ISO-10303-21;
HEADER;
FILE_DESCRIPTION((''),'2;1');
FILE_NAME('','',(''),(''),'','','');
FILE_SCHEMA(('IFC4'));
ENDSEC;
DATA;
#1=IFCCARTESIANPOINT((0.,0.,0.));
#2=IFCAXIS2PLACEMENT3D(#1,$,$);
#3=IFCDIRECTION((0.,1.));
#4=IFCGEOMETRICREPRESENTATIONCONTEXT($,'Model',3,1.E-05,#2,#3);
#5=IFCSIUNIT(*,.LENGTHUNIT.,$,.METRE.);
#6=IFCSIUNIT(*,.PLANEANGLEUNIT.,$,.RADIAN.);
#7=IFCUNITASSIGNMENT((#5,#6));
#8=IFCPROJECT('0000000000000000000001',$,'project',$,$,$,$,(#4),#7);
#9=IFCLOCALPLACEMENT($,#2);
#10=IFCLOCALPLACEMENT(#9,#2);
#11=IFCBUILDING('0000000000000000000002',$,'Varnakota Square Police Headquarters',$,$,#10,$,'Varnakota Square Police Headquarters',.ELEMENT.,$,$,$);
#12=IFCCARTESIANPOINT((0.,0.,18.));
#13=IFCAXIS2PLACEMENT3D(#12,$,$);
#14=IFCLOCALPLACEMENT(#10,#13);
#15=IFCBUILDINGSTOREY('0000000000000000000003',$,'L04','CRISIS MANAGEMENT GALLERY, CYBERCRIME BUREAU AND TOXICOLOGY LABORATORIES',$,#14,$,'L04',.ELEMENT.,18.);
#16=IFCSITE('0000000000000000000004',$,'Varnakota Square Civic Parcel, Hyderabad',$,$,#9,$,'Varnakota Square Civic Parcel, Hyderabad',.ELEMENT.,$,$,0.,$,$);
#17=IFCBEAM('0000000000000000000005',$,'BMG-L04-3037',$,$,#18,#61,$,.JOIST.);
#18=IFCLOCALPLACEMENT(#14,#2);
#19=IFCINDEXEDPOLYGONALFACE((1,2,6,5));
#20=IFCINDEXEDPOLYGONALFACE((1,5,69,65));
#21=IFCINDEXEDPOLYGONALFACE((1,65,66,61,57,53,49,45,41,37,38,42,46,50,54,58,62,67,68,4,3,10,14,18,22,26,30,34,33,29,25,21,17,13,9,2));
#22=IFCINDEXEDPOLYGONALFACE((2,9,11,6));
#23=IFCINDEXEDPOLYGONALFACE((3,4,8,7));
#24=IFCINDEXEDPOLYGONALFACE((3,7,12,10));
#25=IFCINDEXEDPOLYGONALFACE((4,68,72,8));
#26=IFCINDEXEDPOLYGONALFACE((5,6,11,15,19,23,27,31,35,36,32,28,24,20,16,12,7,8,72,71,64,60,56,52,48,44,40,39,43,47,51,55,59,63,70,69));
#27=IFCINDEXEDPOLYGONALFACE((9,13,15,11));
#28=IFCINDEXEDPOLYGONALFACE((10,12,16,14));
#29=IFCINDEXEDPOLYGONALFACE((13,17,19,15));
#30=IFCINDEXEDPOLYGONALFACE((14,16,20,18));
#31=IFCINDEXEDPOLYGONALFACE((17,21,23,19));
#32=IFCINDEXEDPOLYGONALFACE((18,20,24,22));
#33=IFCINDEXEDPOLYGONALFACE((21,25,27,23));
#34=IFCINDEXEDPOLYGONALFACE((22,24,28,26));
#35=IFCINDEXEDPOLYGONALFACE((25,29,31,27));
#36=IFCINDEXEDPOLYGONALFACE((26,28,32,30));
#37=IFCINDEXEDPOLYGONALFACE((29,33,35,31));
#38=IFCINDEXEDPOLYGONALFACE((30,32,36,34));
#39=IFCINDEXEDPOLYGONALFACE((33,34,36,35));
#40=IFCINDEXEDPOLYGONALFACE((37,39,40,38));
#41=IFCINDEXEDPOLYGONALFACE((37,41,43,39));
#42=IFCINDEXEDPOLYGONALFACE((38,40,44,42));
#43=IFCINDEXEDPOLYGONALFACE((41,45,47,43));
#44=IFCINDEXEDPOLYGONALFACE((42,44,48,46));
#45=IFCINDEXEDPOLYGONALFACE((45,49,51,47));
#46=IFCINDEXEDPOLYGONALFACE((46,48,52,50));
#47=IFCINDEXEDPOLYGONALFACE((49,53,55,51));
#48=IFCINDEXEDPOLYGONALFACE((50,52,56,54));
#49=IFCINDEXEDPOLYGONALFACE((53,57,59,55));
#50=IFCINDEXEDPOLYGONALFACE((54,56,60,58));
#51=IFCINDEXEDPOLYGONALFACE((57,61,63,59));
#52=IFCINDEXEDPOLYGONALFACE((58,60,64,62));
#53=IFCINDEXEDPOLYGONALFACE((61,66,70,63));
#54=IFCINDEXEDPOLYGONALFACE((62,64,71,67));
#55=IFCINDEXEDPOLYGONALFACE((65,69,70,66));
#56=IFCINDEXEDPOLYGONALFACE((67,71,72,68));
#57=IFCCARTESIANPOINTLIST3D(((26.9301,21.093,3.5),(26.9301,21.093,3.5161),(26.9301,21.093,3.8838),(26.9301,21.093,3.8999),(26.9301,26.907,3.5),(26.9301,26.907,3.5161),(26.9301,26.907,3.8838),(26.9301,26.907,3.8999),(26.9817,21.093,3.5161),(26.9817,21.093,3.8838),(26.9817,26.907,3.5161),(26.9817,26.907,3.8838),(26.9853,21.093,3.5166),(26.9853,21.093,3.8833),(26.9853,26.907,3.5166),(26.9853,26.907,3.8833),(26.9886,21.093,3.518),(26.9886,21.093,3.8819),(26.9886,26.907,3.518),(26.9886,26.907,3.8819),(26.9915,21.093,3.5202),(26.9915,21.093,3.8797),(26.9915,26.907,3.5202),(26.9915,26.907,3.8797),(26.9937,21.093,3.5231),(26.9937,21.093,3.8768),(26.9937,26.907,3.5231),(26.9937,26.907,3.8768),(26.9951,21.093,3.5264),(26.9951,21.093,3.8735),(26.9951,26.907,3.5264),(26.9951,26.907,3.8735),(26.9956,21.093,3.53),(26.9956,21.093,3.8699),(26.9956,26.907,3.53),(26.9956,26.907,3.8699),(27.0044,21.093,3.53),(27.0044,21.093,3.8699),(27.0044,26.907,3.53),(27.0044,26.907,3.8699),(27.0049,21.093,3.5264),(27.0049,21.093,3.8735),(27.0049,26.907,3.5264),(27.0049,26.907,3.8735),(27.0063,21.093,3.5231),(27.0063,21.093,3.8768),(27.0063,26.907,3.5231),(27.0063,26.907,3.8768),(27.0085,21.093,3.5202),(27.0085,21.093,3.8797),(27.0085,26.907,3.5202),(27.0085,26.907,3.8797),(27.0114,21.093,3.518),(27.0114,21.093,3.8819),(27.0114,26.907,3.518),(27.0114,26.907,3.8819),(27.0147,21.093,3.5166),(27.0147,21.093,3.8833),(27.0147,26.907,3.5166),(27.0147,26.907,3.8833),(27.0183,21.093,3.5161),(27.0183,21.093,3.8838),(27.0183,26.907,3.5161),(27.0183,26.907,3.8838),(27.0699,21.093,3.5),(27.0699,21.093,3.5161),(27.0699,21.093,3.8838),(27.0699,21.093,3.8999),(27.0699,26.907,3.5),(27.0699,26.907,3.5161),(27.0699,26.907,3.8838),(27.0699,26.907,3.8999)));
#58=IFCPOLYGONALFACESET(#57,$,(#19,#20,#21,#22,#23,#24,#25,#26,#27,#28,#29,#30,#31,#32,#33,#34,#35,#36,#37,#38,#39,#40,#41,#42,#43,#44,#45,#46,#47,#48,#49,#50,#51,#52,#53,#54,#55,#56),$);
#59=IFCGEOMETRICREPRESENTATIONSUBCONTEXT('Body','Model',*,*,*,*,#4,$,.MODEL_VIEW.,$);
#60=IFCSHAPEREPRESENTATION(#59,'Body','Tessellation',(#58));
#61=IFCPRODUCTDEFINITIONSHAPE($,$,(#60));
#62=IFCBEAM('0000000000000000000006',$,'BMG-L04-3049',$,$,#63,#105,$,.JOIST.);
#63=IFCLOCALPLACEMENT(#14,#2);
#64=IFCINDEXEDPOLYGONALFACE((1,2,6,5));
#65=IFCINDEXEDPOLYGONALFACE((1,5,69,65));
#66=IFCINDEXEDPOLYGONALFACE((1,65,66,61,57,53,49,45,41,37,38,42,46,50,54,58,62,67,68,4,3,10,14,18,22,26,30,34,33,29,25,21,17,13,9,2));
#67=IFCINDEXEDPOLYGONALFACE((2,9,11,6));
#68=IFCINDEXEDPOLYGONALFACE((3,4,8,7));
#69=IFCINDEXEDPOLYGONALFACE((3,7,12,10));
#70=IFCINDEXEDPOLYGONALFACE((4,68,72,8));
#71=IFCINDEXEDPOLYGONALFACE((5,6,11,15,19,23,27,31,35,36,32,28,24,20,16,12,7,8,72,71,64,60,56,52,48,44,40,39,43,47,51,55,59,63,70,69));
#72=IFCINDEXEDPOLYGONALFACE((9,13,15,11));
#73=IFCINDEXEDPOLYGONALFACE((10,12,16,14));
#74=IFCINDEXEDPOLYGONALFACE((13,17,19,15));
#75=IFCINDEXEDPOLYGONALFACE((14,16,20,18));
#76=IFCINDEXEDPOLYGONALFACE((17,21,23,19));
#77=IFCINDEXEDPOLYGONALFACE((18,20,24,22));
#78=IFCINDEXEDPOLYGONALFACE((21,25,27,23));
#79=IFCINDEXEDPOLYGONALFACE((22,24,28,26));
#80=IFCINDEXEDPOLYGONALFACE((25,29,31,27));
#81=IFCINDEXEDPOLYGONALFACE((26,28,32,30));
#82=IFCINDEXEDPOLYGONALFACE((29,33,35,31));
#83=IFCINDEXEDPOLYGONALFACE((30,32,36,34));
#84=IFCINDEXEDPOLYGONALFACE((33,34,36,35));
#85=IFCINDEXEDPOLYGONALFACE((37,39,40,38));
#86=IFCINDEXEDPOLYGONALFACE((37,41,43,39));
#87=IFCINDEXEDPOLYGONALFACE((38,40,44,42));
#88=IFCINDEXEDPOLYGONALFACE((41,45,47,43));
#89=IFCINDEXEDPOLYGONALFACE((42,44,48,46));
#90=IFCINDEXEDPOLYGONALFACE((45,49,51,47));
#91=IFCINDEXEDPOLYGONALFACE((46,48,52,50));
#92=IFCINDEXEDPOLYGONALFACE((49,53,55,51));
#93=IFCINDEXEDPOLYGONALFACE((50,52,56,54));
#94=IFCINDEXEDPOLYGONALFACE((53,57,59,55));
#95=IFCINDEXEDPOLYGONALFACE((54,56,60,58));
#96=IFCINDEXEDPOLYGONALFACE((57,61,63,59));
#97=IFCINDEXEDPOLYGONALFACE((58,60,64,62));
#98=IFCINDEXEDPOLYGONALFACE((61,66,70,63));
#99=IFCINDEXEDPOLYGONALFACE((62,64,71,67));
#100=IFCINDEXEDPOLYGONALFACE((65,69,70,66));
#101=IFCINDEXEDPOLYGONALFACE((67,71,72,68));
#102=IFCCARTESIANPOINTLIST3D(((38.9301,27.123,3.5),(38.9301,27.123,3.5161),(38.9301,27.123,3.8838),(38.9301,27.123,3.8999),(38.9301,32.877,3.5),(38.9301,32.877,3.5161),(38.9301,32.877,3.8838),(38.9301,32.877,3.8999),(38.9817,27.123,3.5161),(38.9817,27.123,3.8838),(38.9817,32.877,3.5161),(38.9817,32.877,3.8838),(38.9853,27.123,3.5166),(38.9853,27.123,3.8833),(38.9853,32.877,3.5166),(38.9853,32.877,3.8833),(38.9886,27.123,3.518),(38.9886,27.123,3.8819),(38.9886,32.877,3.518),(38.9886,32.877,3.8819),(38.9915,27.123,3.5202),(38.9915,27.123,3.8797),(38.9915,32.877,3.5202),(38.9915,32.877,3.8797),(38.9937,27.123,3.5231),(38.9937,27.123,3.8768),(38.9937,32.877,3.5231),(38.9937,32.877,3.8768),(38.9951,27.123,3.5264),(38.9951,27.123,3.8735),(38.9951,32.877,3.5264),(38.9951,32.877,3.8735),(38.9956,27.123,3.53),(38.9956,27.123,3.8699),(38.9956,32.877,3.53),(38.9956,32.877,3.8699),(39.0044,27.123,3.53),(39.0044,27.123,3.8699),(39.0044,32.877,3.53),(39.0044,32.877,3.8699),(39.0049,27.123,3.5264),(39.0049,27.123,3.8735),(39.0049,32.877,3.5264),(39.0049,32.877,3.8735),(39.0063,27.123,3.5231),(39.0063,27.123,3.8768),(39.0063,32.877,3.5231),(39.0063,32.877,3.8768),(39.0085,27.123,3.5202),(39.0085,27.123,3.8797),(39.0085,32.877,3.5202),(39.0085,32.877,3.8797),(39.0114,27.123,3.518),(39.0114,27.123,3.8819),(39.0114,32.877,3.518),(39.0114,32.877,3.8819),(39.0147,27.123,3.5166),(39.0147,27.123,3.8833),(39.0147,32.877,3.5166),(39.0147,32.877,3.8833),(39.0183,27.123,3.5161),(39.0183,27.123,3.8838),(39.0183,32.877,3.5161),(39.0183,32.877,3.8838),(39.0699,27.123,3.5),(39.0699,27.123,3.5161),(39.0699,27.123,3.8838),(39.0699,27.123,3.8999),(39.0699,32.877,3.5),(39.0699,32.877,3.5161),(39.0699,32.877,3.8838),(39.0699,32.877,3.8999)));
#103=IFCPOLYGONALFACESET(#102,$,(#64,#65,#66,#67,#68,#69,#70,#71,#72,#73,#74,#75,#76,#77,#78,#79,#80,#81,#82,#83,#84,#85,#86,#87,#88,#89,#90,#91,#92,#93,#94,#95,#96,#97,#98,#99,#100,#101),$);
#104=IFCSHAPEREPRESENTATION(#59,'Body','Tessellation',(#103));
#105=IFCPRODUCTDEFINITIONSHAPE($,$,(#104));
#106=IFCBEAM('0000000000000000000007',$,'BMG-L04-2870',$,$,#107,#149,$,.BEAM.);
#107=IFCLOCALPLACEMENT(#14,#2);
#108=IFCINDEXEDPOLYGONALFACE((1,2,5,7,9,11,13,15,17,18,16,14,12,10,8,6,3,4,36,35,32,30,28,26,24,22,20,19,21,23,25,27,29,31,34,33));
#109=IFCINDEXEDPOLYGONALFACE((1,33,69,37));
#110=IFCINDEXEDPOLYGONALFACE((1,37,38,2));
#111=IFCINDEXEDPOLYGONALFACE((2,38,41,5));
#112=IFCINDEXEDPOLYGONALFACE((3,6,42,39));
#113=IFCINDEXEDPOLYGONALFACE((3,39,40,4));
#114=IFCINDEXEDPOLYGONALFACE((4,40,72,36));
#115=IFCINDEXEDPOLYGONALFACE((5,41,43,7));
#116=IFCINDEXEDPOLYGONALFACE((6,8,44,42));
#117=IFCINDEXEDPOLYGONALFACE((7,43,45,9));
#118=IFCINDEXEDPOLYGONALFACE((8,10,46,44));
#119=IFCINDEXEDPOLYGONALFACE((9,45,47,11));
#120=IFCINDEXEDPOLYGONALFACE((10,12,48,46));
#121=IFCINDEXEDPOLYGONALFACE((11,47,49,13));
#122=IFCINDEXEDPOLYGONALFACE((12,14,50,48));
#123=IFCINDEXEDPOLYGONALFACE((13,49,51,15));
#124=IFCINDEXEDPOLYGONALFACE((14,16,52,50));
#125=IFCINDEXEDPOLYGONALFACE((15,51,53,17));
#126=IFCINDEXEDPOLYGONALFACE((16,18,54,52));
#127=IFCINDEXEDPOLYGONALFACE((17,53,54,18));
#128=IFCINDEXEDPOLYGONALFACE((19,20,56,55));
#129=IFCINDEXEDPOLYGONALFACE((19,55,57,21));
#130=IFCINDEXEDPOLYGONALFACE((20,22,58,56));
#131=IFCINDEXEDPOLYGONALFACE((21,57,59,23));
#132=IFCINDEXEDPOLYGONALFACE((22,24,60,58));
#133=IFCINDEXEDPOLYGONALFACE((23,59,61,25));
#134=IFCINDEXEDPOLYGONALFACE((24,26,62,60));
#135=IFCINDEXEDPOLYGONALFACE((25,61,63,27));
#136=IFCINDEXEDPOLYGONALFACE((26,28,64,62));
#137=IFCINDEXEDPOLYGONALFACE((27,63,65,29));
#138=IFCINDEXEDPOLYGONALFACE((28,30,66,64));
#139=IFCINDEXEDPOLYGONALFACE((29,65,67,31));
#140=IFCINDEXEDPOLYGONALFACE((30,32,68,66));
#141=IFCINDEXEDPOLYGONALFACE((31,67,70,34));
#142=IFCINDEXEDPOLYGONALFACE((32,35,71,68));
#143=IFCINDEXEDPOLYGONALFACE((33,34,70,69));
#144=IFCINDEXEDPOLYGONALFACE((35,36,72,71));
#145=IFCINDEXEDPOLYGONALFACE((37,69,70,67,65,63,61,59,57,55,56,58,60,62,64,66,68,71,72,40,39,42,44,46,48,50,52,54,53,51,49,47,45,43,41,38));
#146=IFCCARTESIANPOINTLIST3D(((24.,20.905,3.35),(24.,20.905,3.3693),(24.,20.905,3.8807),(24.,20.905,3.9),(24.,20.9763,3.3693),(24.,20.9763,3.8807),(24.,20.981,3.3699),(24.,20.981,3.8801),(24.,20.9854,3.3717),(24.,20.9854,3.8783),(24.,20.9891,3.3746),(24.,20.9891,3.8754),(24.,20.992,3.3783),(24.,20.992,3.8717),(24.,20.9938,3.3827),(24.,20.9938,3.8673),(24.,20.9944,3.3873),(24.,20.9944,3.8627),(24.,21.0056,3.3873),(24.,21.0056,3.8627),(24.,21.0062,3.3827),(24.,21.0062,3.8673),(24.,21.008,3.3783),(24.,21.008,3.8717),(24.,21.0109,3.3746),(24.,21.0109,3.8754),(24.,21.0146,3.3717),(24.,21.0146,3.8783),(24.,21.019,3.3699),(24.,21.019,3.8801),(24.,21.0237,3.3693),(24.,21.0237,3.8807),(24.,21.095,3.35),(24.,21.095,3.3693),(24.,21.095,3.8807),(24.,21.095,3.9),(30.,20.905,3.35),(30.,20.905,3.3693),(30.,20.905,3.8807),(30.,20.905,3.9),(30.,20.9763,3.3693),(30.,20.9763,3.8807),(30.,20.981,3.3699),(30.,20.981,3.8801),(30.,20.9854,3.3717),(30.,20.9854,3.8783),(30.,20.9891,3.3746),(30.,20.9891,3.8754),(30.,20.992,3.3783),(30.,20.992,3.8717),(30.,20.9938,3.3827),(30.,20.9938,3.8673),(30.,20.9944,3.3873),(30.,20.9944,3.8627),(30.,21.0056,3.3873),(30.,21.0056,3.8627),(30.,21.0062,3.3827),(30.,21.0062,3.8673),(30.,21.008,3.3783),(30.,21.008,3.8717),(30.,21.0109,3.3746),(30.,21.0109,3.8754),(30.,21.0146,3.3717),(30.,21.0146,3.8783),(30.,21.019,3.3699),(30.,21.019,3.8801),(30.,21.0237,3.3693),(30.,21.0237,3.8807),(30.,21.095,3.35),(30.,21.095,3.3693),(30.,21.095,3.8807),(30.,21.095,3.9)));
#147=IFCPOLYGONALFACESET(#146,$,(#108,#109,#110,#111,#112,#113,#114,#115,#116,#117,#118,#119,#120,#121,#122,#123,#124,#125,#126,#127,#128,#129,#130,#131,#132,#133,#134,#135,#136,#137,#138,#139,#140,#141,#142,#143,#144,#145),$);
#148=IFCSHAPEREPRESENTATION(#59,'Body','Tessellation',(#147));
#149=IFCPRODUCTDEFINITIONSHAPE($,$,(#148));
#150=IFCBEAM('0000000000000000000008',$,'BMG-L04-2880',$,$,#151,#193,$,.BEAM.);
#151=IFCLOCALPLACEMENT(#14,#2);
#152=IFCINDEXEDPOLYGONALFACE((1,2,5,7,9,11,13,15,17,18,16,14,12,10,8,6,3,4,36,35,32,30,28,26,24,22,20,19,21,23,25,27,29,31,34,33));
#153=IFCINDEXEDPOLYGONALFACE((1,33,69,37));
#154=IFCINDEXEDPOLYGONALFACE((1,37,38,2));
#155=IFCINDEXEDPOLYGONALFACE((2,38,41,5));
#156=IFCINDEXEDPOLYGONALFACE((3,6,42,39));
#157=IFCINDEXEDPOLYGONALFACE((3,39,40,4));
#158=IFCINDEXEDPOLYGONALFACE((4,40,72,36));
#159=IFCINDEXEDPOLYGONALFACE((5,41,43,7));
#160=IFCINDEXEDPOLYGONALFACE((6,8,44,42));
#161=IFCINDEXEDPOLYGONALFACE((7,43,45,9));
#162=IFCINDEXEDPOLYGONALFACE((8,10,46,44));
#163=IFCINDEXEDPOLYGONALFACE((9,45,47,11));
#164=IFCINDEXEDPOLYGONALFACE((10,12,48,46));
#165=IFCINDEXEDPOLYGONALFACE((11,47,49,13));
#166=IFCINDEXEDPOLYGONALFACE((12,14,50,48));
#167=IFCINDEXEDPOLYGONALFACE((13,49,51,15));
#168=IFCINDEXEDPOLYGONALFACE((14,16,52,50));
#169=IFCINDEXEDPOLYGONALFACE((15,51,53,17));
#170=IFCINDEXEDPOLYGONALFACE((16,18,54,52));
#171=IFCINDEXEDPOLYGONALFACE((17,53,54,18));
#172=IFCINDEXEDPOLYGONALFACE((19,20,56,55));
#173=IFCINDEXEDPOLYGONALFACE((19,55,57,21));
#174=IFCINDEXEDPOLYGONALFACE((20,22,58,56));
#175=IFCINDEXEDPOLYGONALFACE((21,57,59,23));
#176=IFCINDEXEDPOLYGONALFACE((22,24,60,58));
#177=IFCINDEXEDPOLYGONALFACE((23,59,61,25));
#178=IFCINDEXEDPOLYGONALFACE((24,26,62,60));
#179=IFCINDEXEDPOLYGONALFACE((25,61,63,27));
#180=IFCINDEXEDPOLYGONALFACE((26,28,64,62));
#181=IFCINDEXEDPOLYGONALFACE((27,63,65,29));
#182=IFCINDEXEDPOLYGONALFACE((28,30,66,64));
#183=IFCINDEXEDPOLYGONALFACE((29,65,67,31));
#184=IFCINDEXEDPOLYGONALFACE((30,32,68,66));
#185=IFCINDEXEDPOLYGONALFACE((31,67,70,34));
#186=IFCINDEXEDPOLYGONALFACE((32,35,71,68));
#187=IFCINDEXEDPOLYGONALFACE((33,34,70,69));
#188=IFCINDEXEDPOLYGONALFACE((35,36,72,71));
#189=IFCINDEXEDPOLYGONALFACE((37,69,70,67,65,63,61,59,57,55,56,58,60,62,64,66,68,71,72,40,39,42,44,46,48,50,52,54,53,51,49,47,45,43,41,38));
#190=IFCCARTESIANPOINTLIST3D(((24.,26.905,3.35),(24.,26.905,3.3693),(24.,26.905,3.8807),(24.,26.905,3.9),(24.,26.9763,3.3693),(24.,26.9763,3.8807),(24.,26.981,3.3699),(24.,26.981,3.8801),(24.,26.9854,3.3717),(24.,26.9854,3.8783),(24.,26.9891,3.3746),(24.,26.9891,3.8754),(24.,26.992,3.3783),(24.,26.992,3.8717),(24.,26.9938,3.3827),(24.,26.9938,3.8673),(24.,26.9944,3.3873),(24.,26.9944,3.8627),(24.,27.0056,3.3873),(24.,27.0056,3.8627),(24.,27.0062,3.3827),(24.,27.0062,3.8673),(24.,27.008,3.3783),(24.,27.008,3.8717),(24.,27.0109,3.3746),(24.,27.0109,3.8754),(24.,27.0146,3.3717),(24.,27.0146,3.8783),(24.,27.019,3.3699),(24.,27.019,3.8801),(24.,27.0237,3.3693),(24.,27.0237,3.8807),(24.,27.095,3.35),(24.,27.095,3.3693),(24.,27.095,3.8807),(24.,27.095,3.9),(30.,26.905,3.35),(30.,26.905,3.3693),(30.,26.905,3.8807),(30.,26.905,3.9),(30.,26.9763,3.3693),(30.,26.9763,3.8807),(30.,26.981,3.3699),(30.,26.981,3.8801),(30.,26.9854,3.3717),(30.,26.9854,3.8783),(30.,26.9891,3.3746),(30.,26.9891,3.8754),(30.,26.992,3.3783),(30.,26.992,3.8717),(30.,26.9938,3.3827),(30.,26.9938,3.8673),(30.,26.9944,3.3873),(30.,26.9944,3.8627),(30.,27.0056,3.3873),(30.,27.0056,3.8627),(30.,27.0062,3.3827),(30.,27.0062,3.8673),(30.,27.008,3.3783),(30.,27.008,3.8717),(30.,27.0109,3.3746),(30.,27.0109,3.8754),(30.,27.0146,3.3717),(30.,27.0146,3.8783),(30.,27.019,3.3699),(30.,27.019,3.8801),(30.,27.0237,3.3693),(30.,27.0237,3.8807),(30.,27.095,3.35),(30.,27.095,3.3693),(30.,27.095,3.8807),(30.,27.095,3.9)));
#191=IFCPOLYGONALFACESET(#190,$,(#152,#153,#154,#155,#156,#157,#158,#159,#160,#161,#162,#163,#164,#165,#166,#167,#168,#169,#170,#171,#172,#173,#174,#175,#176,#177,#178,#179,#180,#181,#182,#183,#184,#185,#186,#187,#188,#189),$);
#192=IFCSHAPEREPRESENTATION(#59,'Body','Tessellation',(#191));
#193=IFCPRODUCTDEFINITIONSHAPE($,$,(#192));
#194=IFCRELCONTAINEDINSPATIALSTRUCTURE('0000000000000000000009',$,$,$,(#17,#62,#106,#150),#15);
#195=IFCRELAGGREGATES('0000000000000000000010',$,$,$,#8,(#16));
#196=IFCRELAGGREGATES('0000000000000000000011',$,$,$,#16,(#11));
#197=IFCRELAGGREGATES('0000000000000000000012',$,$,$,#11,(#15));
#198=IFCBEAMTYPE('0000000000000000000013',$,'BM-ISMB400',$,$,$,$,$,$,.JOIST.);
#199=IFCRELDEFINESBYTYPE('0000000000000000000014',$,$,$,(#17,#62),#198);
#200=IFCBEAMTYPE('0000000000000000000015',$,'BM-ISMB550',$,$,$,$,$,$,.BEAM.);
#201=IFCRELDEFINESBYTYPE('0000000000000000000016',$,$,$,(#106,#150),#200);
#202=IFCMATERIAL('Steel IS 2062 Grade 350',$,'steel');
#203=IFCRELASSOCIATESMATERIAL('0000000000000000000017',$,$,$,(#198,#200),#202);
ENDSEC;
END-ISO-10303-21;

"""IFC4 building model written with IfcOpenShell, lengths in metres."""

from ifc_helpers import new_model, si_unit, direction, frame, origin, origin_2d, place, context, subcontext, project, spatial, i_section, extrude, material, material_profile, profile_set, type_object, element, save


model = new_model("IFC4")

# Units and contexts
model_context = context("Model", 3, precision=1e-05, world=origin(), true_north=direction((0.0, 1.0)))
body_context = subcontext(model_context, "Body", "Model", "MODEL_VIEW")
ifc_project = project(units=[si_unit("LENGTHUNIT", "METRE"), si_unit("PLANEANGLEUNIT", "RADIAN")], contexts=[model_context])

# Site, building, storey
site_placement = place(None, origin())
site = spatial("IfcSite", under=ifc_project, at=site_placement, Name="Varnakota Square Civic Parcel, Hyderabad", LongName="Varnakota Square Civic Parcel, Hyderabad", CompositionType="ELEMENT", RefElevation=0.0)
building_placement = place(site_placement, origin())
building = spatial("IfcBuilding", under=site, at=building_placement, Name="Varnakota Square Police Headquarters", LongName="Varnakota Square Police Headquarters", CompositionType="ELEMENT")
storey_placement = place(building_placement, frame((0.0, 0.0, 18.0)))
storey = spatial("IfcBuildingStorey", under=building, at=storey_placement, Name="L04", Description="CRISIS MANAGEMENT GALLERY, CYBERCRIME BUREAU AND TOXICOLOGY LABORATORIES", LongName="L04", CompositionType="ELEMENT", Elevation=18.0)

# Shared definitions
ifc_material = material(Name="Steel IS 2062 Grade 350", Category="steel")

# Beams
ifc_material_profile_1 = material_profile(ifc_material, i_section(OverallWidth=0.1399, OverallDepth=0.3999, WebThickness=0.0088, FlangeThickness=0.0161, FilletRadius=0.0139, at=origin_2d()), Name="ISMB 400")
ifc_profile_set_1 = profile_set([ifc_material_profile_1], Name="Steel IS 2062 Grade 350")
beam_type_1 = type_object("IfcBeamType", Name="BM-ISMB400", PredefinedType="JOIST", material=ifc_profile_set_1)
beam_1_placement = place(storey_placement, frame((27.0, 21.093, 3.7), z_axis=(0.0, 1.0, 0.0), x_axis=(-1.0, 0.0, 0.0)))
element("IfcBeam", 1, at=beam_1_placement, inside=storey, type_object=beam_type_1, Name="BMG-L04-3037", PredefinedType="JOIST", context=body_context, shape_type="SweptSolid", body=[
    extrude(i_section(OverallWidth=0.1399, OverallDepth=0.3999, WebThickness=0.0088, FlangeThickness=0.0161, FilletRadius=0.0139, at=origin_2d()), origin(), (0.0, 0.0, 1.0), 5.814),
])
beam_2_placement = place(storey_placement, frame((39.0, 27.123, 3.7), z_axis=(0.0, 1.0, 0.0), x_axis=(-1.0, 0.0, 0.0)))
element("IfcBeam", 2, at=beam_2_placement, inside=storey, type_object=beam_type_1, Name="BMG-L04-3049", PredefinedType="JOIST", context=body_context, shape_type="SweptSolid", body=[
    extrude(i_section(OverallWidth=0.1399, OverallDepth=0.3999, WebThickness=0.0088, FlangeThickness=0.0161, FilletRadius=0.0139, at=origin_2d()), origin(), (0.0, 0.0, 1.0), 5.7539),
])
ifc_material_profile_2 = material_profile(ifc_material, i_section(OverallWidth=0.1899, OverallDepth=0.55, WebThickness=0.0112, FlangeThickness=0.0193, FilletRadius=0.0181, at=origin_2d()), Name="ISMB 550")
ifc_profile_set_2 = profile_set([ifc_material_profile_2], Name="Steel IS 2062 Grade 350")
beam_type_2 = type_object("IfcBeamType", Name="BM-ISMB550", PredefinedType="BEAM", material=ifc_profile_set_2)
for number, where, z_axis, x_axis, name in (
    (3, (24.0, 21.0, 3.625), (1.0, 0.0, 0.0), (0.0, 1.0, 0.0), "BMG-L04-2870"),
    (4, (24.0, 27.0, 3.625), (1.0, 0.0, 0.0), (0.0, 1.0, 0.0), "BMG-L04-2880"),
):
    element("IfcBeam", number, at=place(storey_placement, frame(where, z_axis=z_axis, x_axis=x_axis)), inside=storey, type_object=beam_type_2, Name=name, PredefinedType="BEAM", context=body_context, shape_type="SweptSolid", body=[
        extrude(i_section(OverallWidth=0.1899, OverallDepth=0.55, WebThickness=0.0112, FlangeThickness=0.0193, FilletRadius=0.0181, at=origin_2d()), origin(), (0.0, 0.0, 1.0), 6.0),
    ])

save(model, "model.ifc")
